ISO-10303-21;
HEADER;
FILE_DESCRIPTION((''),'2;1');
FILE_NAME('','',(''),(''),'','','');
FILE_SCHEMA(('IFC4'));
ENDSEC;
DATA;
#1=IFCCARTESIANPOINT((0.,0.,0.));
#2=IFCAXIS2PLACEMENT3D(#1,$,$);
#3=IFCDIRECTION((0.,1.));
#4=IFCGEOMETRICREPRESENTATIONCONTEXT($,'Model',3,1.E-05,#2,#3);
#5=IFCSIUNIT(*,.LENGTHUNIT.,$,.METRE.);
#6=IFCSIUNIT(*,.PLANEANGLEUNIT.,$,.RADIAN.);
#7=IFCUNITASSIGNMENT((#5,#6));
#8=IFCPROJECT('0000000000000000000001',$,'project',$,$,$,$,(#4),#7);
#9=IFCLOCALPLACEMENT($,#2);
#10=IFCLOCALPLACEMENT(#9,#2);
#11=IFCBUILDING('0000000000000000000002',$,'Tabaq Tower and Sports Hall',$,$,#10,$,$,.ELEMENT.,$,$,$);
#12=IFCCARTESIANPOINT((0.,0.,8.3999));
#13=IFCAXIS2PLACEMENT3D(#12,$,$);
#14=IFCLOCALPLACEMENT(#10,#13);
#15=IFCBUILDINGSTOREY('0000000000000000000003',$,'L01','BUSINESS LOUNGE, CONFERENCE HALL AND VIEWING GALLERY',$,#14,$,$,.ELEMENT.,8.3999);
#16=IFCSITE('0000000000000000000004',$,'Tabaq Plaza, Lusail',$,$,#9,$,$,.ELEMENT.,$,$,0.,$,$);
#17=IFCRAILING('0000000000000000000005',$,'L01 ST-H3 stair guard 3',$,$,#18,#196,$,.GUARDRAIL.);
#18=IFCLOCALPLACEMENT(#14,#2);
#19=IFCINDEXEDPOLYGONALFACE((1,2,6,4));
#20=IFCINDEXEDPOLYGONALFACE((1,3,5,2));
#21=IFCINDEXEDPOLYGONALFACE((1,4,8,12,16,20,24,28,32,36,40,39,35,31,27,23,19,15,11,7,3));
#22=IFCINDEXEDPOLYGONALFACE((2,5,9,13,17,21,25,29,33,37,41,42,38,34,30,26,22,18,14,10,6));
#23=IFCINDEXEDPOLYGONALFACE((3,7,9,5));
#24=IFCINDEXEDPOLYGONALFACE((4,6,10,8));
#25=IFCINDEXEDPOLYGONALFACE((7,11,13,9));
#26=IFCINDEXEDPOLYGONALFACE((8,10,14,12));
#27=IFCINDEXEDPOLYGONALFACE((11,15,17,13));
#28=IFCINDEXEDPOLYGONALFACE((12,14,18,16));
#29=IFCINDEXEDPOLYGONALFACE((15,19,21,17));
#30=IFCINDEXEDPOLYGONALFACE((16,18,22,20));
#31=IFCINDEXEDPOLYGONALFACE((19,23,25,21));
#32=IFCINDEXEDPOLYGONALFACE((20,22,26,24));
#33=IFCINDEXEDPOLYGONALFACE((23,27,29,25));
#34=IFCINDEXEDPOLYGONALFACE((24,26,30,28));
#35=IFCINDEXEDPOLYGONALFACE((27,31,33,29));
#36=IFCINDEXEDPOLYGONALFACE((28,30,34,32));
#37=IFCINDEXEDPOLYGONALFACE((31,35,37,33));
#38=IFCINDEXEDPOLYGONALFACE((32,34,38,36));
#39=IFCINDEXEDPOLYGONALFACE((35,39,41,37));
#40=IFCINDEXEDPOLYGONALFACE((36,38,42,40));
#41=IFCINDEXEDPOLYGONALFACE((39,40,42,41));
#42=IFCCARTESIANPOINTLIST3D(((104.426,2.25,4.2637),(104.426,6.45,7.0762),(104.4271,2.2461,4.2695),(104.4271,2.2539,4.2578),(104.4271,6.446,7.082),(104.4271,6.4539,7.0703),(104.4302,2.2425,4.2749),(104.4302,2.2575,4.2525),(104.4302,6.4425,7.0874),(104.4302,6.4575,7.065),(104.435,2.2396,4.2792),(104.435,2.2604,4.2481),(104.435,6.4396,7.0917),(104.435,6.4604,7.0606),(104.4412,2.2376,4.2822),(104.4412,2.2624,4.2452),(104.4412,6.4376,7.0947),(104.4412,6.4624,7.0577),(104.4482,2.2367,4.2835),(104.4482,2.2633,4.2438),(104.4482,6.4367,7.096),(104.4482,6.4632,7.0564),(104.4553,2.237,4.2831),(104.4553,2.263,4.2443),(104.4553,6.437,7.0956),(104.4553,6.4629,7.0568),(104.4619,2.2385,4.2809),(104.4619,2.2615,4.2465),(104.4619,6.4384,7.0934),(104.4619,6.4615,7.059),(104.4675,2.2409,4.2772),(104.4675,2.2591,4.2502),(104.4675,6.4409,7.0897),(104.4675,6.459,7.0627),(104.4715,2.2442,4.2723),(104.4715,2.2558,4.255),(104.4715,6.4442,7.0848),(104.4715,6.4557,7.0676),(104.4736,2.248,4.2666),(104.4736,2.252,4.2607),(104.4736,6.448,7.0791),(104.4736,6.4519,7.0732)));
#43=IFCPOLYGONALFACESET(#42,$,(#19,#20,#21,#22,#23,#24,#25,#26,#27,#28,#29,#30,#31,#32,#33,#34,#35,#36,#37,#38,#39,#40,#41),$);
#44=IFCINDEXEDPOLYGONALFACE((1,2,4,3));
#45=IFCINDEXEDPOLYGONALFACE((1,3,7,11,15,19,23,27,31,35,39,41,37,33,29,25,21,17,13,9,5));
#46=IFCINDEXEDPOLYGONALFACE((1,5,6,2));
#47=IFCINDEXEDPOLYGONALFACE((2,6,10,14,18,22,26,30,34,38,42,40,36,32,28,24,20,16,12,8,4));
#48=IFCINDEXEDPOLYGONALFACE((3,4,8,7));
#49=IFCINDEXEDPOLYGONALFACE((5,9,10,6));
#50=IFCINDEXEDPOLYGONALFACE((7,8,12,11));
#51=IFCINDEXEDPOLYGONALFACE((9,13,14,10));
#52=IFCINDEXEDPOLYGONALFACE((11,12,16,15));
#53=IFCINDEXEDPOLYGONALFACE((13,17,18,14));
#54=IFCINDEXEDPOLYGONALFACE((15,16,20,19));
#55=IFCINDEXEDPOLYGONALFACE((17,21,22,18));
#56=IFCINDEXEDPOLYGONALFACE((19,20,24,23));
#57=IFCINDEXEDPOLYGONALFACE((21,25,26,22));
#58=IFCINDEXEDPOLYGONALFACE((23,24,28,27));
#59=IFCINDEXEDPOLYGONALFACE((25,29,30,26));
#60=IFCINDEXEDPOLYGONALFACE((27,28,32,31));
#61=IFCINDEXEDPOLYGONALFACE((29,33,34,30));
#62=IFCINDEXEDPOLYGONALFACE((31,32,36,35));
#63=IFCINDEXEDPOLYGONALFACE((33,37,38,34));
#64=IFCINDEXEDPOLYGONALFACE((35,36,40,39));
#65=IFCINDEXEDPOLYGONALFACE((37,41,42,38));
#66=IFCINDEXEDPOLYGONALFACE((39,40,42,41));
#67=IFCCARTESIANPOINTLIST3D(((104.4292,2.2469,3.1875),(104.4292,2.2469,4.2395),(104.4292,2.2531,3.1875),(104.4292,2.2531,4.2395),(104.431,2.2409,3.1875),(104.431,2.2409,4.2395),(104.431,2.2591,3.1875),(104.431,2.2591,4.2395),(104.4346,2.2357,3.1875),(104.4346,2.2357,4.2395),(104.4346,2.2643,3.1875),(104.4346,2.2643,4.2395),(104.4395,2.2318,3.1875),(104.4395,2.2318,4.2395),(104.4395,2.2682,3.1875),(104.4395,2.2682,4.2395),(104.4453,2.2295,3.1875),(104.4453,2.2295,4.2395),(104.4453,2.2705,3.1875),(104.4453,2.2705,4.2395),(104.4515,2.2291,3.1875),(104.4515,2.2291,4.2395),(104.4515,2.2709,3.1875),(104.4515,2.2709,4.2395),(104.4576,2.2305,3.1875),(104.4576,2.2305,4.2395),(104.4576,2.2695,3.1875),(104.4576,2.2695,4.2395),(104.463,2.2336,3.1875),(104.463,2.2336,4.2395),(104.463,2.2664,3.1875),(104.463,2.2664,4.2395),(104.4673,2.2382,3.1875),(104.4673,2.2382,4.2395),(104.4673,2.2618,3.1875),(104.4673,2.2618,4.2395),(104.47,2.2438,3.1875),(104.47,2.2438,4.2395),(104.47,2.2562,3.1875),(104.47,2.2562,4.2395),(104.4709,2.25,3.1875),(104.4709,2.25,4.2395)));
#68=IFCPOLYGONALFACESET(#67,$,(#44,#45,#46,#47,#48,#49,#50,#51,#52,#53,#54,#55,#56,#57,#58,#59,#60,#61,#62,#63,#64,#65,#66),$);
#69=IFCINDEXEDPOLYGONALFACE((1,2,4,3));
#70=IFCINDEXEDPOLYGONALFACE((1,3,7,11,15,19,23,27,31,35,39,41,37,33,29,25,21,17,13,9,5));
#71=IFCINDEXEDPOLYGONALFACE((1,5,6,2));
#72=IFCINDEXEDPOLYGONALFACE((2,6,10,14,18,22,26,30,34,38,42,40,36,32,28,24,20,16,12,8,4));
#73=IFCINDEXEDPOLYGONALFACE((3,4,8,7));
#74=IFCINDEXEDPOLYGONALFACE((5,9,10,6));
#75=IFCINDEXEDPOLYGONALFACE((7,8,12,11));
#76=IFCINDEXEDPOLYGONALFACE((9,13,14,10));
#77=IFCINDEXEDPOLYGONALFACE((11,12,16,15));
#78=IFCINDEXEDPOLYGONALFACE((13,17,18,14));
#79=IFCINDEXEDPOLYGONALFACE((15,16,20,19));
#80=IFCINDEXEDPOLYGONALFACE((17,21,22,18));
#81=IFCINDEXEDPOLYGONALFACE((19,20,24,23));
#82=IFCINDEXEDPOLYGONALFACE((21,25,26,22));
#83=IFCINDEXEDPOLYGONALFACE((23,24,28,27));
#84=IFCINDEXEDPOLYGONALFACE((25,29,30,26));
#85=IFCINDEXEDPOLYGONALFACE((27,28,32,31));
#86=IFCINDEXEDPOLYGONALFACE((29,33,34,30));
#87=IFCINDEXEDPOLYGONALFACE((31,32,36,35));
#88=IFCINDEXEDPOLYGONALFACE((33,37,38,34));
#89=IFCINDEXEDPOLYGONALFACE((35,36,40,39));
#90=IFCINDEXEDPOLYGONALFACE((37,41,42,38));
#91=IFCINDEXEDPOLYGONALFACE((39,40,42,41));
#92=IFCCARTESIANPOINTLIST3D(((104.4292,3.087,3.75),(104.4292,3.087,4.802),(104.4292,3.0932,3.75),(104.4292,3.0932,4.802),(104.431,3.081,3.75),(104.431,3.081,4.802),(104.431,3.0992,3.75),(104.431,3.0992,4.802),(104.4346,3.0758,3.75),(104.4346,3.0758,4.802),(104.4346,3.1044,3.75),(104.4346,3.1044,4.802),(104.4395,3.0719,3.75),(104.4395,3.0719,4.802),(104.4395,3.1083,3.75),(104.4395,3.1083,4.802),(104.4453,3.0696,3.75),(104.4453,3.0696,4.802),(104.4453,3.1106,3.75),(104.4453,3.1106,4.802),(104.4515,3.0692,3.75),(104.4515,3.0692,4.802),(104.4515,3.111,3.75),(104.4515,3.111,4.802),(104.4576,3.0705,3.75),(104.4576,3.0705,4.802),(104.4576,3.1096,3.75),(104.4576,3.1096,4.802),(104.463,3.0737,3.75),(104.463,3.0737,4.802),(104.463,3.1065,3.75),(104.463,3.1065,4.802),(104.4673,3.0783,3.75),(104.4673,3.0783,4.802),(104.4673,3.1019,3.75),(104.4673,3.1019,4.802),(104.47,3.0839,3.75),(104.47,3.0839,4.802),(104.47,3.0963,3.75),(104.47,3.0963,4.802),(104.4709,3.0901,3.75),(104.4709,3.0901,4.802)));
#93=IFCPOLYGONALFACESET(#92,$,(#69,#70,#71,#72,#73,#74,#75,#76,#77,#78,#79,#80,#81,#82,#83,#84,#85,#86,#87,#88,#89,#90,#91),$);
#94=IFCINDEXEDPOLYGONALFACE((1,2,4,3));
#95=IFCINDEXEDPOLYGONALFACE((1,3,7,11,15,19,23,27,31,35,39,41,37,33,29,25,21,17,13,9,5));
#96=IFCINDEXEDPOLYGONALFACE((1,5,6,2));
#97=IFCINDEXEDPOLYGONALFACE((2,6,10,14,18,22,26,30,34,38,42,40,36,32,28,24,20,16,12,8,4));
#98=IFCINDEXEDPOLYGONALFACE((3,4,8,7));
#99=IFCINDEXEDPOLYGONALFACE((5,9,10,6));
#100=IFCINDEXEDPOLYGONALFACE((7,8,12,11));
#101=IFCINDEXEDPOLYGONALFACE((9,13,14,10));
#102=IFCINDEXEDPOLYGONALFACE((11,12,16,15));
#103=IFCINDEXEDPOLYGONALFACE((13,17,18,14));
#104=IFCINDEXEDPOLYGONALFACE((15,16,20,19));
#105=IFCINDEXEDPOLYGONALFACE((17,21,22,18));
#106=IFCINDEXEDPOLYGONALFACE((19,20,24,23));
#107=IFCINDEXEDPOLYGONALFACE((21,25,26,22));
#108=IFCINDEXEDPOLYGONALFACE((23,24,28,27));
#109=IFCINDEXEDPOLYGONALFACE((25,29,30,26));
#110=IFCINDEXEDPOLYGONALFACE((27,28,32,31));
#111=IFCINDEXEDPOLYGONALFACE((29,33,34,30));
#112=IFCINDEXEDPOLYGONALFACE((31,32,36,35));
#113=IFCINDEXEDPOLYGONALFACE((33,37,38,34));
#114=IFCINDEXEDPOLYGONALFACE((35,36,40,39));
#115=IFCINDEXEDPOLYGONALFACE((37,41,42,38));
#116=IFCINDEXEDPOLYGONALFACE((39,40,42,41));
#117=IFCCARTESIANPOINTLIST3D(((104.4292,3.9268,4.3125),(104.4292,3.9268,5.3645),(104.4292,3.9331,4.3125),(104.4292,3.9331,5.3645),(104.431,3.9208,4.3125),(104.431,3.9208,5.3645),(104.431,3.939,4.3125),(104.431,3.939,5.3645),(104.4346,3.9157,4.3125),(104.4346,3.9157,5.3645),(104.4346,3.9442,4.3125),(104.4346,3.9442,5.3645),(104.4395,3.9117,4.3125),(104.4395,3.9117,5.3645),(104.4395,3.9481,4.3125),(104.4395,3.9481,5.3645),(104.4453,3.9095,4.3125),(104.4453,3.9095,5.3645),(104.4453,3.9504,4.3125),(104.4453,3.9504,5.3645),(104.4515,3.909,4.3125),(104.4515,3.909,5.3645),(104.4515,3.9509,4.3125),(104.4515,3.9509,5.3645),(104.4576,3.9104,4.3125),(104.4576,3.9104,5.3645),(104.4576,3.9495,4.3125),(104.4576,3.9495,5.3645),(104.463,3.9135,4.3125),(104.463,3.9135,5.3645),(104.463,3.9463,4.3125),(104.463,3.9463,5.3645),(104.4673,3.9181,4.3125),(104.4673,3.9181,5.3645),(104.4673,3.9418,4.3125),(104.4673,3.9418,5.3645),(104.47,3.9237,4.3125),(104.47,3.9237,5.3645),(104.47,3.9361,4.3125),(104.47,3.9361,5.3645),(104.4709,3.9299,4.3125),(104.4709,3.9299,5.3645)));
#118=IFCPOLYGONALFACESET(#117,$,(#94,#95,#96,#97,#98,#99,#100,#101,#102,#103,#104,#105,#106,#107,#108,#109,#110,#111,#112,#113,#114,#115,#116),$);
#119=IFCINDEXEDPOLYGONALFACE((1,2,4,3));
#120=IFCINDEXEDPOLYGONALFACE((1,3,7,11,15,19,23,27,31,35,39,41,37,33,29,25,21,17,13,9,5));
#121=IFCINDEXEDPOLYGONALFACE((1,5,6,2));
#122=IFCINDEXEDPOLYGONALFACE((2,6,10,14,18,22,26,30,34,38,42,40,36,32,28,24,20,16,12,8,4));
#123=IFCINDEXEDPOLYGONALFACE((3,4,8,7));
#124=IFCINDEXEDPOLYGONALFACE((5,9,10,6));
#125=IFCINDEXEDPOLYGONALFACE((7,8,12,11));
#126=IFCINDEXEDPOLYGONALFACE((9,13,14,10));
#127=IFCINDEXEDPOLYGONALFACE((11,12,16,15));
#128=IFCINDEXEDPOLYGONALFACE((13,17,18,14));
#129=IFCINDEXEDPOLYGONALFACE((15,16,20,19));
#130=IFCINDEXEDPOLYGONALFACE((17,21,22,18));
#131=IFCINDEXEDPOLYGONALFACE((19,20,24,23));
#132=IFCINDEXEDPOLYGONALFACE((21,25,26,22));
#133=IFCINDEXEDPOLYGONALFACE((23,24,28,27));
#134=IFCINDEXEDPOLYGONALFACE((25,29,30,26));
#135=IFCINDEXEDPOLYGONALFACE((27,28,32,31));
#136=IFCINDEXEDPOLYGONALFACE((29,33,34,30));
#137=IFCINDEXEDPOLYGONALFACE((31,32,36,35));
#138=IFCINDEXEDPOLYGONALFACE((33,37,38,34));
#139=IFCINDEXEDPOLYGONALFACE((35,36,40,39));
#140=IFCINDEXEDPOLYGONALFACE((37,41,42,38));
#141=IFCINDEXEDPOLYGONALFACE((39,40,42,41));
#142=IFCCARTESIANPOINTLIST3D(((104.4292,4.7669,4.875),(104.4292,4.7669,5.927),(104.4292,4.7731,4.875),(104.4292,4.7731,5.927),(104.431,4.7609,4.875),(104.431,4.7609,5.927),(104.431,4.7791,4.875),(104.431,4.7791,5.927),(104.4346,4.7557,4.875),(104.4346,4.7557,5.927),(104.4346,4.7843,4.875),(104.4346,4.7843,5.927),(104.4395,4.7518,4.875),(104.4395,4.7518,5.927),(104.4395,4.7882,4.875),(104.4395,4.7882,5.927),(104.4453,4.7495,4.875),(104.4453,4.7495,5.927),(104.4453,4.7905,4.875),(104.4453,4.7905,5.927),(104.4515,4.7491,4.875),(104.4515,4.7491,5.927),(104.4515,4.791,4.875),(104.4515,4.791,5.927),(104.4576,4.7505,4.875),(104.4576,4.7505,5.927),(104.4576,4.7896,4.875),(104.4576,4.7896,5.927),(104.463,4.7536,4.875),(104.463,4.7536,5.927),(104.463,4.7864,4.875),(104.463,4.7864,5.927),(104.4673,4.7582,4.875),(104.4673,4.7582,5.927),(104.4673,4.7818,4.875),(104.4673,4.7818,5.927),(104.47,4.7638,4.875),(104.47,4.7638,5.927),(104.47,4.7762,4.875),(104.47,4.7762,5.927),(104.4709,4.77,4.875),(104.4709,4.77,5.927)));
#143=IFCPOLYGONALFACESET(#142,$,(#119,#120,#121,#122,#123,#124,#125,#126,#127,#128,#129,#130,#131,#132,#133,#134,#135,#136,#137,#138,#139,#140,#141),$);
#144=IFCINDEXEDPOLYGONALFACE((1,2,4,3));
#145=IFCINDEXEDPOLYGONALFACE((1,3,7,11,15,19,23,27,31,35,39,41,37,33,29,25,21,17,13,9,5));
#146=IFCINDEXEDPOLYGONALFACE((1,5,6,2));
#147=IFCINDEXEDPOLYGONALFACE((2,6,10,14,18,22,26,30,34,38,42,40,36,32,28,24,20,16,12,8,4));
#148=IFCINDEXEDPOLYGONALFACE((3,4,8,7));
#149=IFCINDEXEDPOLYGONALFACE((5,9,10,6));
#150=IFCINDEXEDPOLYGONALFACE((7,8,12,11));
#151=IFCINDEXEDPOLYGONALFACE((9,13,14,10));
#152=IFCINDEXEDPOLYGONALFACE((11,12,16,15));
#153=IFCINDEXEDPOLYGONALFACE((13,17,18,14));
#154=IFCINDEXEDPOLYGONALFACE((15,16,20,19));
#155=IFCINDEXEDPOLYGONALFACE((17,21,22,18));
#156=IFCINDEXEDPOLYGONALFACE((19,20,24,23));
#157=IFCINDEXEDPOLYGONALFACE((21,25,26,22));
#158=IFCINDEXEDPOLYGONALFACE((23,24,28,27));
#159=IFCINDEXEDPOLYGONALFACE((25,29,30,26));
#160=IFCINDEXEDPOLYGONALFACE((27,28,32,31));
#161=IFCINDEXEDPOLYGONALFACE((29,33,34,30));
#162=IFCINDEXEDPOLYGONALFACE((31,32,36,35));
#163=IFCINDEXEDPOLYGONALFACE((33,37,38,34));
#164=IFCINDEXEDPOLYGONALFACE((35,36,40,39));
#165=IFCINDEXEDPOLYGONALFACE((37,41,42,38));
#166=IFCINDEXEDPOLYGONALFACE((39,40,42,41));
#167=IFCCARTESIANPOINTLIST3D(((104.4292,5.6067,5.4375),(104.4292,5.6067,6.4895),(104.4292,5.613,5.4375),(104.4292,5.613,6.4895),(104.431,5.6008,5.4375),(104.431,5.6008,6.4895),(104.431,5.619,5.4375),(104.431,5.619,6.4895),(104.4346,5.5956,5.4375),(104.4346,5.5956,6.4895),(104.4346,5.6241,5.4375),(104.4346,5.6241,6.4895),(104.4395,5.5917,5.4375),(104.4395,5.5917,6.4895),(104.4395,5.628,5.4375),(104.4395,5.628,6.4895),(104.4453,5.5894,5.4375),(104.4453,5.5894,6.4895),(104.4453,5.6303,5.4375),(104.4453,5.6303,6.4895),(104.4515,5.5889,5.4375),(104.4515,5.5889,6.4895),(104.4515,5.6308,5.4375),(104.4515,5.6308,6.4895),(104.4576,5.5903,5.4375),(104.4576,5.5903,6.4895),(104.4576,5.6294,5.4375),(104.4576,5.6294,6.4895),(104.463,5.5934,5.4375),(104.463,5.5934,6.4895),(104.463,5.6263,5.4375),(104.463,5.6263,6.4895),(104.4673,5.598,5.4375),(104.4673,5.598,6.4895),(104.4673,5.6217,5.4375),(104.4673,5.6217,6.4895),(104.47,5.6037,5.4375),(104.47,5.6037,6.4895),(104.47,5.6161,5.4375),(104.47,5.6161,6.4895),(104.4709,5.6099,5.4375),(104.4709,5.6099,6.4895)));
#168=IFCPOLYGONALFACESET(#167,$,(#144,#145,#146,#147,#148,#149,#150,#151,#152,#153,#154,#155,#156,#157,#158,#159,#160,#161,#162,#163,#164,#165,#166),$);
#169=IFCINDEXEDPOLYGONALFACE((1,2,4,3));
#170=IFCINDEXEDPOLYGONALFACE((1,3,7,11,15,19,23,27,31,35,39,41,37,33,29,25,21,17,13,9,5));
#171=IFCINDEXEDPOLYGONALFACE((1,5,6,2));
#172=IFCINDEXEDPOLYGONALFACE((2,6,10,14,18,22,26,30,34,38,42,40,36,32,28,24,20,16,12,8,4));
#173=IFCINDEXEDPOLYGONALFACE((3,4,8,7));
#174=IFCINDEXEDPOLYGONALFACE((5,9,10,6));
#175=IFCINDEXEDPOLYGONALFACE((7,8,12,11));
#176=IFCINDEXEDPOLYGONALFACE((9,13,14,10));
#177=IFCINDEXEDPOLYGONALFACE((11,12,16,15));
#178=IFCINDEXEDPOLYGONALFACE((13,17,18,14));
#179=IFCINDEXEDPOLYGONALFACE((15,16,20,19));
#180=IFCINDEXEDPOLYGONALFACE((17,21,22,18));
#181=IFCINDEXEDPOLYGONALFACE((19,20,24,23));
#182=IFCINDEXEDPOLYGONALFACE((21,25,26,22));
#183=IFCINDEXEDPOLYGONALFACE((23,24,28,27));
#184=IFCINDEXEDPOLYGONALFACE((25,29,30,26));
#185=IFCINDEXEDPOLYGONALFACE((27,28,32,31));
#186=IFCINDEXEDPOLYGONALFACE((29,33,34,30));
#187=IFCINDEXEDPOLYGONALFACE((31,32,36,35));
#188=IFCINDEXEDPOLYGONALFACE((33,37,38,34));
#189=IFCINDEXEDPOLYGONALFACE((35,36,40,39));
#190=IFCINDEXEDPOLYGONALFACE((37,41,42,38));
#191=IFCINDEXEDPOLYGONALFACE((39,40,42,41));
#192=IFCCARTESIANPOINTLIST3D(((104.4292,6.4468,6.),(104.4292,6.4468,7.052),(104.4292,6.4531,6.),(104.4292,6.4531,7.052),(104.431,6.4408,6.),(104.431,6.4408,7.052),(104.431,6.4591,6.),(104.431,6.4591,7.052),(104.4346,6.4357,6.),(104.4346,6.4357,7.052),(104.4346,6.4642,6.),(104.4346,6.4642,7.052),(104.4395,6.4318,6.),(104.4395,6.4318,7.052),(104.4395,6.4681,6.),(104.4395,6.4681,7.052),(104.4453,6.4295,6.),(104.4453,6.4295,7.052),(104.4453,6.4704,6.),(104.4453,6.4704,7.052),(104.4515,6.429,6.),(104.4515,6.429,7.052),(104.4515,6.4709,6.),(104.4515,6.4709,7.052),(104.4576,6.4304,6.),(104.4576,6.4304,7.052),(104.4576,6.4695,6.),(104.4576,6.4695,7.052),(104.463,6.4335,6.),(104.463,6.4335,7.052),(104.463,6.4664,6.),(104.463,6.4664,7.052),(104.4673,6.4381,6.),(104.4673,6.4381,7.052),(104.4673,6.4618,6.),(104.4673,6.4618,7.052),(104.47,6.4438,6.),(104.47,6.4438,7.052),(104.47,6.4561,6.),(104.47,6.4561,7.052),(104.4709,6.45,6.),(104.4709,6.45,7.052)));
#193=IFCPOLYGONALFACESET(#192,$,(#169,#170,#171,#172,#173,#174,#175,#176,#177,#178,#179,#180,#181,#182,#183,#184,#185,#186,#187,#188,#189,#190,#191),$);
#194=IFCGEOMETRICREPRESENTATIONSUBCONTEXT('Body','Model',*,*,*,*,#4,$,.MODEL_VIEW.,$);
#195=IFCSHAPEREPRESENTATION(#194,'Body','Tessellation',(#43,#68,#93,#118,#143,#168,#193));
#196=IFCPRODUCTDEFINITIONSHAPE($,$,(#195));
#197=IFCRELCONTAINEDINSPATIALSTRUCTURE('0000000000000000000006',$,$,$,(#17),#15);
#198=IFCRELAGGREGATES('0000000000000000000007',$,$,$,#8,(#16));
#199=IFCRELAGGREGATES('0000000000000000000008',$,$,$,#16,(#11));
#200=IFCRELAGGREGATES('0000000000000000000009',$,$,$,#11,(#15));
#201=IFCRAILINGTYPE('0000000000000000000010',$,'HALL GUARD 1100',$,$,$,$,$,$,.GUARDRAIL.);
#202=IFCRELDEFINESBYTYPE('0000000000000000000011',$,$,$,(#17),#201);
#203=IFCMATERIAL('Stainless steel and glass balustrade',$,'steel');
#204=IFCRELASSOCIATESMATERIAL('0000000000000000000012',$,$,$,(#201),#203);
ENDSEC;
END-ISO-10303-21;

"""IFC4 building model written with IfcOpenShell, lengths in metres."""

from ifc_helpers import new_model, si_unit, direction, frame, origin, origin_2d, place, context, subcontext, project, spatial, circle, extrude, material, type_object, element, save


model = new_model("IFC4")

# Units and contexts
model_context = context("Model", 3, precision=1e-05, world=origin(), true_north=direction((0.0, 1.0)))
body_context = subcontext(model_context, "Body", "Model", "MODEL_VIEW")
ifc_project = project(units=[si_unit("LENGTHUNIT", "METRE"), si_unit("PLANEANGLEUNIT", "RADIAN")], contexts=[model_context])

# Site, building, storey
site_placement = place(None, origin())
site = spatial("IfcSite", under=ifc_project, at=site_placement, Name="Tabaq Plaza, Lusail", CompositionType="ELEMENT", RefElevation=0.0)
building_placement = place(site_placement, origin())
building = spatial("IfcBuilding", under=site, at=building_placement, Name="Tabaq Tower and Sports Hall", CompositionType="ELEMENT")
storey_placement = place(building_placement, frame((0.0, 0.0, 8.3999)))
storey = spatial("IfcBuildingStorey", under=building, at=storey_placement, Name="L01", Description="BUSINESS LOUNGE, CONFERENCE HALL AND VIEWING GALLERY", CompositionType="ELEMENT", Elevation=8.3999)

# Railing
ifc_material_1 = material(Name="Stainless steel and glass balustrade", Category="steel")
railing_type_1 = type_object("IfcRailingType", Name="HALL GUARD 1100", PredefinedType="GUARDRAIL", material=ifc_material_1)
railing_1_placement = place(storey_placement, frame((104.45, 2.25, 3.1875)))
element("IfcRailing", 1, at=railing_1_placement, inside=storey, type_object=railing_type_1, Name="L01 ST-H3 stair guard 3", PredefinedType="GUARDRAIL", context=body_context, shape_type="SweptSolid", body=[
    extrude(circle(Radius=0.0239, at=origin_2d()), frame((0.0, 0.0, 1.0762), z_axis=(0.0, 0.830904, 0.556416), x_axis=(-1.0, 0.0, 0.0)), (0.0, 0.0, 1.0), 5.0547),
    extrude(circle(Radius=0.021, at=origin_2d()), origin(), (0.0, 0.0, 1.0), 1.052),
    extrude(circle(Radius=0.021, at=origin_2d()), frame((0.0, 0.8401, 0.5625)), (0.0, 0.0, 1.0), 1.052),
    extrude(circle(Radius=0.021, at=origin_2d()), frame((0.0, 1.6799, 1.125)), (0.0, 0.0, 1.0), 1.052),
    extrude(circle(Radius=0.021, at=origin_2d()), frame((0.0, 2.52, 1.6875)), (0.0, 0.0, 1.0), 1.052),
    extrude(circle(Radius=0.021, at=origin_2d()), frame((0.0, 3.3599, 2.25)), (0.0, 0.0, 1.0), 1.052),
    extrude(circle(Radius=0.021, at=origin_2d()), frame((0.0, 4.2, 2.8125)), (0.0, 0.0, 1.0), 1.052),
])

save(model, "model.ifc")
